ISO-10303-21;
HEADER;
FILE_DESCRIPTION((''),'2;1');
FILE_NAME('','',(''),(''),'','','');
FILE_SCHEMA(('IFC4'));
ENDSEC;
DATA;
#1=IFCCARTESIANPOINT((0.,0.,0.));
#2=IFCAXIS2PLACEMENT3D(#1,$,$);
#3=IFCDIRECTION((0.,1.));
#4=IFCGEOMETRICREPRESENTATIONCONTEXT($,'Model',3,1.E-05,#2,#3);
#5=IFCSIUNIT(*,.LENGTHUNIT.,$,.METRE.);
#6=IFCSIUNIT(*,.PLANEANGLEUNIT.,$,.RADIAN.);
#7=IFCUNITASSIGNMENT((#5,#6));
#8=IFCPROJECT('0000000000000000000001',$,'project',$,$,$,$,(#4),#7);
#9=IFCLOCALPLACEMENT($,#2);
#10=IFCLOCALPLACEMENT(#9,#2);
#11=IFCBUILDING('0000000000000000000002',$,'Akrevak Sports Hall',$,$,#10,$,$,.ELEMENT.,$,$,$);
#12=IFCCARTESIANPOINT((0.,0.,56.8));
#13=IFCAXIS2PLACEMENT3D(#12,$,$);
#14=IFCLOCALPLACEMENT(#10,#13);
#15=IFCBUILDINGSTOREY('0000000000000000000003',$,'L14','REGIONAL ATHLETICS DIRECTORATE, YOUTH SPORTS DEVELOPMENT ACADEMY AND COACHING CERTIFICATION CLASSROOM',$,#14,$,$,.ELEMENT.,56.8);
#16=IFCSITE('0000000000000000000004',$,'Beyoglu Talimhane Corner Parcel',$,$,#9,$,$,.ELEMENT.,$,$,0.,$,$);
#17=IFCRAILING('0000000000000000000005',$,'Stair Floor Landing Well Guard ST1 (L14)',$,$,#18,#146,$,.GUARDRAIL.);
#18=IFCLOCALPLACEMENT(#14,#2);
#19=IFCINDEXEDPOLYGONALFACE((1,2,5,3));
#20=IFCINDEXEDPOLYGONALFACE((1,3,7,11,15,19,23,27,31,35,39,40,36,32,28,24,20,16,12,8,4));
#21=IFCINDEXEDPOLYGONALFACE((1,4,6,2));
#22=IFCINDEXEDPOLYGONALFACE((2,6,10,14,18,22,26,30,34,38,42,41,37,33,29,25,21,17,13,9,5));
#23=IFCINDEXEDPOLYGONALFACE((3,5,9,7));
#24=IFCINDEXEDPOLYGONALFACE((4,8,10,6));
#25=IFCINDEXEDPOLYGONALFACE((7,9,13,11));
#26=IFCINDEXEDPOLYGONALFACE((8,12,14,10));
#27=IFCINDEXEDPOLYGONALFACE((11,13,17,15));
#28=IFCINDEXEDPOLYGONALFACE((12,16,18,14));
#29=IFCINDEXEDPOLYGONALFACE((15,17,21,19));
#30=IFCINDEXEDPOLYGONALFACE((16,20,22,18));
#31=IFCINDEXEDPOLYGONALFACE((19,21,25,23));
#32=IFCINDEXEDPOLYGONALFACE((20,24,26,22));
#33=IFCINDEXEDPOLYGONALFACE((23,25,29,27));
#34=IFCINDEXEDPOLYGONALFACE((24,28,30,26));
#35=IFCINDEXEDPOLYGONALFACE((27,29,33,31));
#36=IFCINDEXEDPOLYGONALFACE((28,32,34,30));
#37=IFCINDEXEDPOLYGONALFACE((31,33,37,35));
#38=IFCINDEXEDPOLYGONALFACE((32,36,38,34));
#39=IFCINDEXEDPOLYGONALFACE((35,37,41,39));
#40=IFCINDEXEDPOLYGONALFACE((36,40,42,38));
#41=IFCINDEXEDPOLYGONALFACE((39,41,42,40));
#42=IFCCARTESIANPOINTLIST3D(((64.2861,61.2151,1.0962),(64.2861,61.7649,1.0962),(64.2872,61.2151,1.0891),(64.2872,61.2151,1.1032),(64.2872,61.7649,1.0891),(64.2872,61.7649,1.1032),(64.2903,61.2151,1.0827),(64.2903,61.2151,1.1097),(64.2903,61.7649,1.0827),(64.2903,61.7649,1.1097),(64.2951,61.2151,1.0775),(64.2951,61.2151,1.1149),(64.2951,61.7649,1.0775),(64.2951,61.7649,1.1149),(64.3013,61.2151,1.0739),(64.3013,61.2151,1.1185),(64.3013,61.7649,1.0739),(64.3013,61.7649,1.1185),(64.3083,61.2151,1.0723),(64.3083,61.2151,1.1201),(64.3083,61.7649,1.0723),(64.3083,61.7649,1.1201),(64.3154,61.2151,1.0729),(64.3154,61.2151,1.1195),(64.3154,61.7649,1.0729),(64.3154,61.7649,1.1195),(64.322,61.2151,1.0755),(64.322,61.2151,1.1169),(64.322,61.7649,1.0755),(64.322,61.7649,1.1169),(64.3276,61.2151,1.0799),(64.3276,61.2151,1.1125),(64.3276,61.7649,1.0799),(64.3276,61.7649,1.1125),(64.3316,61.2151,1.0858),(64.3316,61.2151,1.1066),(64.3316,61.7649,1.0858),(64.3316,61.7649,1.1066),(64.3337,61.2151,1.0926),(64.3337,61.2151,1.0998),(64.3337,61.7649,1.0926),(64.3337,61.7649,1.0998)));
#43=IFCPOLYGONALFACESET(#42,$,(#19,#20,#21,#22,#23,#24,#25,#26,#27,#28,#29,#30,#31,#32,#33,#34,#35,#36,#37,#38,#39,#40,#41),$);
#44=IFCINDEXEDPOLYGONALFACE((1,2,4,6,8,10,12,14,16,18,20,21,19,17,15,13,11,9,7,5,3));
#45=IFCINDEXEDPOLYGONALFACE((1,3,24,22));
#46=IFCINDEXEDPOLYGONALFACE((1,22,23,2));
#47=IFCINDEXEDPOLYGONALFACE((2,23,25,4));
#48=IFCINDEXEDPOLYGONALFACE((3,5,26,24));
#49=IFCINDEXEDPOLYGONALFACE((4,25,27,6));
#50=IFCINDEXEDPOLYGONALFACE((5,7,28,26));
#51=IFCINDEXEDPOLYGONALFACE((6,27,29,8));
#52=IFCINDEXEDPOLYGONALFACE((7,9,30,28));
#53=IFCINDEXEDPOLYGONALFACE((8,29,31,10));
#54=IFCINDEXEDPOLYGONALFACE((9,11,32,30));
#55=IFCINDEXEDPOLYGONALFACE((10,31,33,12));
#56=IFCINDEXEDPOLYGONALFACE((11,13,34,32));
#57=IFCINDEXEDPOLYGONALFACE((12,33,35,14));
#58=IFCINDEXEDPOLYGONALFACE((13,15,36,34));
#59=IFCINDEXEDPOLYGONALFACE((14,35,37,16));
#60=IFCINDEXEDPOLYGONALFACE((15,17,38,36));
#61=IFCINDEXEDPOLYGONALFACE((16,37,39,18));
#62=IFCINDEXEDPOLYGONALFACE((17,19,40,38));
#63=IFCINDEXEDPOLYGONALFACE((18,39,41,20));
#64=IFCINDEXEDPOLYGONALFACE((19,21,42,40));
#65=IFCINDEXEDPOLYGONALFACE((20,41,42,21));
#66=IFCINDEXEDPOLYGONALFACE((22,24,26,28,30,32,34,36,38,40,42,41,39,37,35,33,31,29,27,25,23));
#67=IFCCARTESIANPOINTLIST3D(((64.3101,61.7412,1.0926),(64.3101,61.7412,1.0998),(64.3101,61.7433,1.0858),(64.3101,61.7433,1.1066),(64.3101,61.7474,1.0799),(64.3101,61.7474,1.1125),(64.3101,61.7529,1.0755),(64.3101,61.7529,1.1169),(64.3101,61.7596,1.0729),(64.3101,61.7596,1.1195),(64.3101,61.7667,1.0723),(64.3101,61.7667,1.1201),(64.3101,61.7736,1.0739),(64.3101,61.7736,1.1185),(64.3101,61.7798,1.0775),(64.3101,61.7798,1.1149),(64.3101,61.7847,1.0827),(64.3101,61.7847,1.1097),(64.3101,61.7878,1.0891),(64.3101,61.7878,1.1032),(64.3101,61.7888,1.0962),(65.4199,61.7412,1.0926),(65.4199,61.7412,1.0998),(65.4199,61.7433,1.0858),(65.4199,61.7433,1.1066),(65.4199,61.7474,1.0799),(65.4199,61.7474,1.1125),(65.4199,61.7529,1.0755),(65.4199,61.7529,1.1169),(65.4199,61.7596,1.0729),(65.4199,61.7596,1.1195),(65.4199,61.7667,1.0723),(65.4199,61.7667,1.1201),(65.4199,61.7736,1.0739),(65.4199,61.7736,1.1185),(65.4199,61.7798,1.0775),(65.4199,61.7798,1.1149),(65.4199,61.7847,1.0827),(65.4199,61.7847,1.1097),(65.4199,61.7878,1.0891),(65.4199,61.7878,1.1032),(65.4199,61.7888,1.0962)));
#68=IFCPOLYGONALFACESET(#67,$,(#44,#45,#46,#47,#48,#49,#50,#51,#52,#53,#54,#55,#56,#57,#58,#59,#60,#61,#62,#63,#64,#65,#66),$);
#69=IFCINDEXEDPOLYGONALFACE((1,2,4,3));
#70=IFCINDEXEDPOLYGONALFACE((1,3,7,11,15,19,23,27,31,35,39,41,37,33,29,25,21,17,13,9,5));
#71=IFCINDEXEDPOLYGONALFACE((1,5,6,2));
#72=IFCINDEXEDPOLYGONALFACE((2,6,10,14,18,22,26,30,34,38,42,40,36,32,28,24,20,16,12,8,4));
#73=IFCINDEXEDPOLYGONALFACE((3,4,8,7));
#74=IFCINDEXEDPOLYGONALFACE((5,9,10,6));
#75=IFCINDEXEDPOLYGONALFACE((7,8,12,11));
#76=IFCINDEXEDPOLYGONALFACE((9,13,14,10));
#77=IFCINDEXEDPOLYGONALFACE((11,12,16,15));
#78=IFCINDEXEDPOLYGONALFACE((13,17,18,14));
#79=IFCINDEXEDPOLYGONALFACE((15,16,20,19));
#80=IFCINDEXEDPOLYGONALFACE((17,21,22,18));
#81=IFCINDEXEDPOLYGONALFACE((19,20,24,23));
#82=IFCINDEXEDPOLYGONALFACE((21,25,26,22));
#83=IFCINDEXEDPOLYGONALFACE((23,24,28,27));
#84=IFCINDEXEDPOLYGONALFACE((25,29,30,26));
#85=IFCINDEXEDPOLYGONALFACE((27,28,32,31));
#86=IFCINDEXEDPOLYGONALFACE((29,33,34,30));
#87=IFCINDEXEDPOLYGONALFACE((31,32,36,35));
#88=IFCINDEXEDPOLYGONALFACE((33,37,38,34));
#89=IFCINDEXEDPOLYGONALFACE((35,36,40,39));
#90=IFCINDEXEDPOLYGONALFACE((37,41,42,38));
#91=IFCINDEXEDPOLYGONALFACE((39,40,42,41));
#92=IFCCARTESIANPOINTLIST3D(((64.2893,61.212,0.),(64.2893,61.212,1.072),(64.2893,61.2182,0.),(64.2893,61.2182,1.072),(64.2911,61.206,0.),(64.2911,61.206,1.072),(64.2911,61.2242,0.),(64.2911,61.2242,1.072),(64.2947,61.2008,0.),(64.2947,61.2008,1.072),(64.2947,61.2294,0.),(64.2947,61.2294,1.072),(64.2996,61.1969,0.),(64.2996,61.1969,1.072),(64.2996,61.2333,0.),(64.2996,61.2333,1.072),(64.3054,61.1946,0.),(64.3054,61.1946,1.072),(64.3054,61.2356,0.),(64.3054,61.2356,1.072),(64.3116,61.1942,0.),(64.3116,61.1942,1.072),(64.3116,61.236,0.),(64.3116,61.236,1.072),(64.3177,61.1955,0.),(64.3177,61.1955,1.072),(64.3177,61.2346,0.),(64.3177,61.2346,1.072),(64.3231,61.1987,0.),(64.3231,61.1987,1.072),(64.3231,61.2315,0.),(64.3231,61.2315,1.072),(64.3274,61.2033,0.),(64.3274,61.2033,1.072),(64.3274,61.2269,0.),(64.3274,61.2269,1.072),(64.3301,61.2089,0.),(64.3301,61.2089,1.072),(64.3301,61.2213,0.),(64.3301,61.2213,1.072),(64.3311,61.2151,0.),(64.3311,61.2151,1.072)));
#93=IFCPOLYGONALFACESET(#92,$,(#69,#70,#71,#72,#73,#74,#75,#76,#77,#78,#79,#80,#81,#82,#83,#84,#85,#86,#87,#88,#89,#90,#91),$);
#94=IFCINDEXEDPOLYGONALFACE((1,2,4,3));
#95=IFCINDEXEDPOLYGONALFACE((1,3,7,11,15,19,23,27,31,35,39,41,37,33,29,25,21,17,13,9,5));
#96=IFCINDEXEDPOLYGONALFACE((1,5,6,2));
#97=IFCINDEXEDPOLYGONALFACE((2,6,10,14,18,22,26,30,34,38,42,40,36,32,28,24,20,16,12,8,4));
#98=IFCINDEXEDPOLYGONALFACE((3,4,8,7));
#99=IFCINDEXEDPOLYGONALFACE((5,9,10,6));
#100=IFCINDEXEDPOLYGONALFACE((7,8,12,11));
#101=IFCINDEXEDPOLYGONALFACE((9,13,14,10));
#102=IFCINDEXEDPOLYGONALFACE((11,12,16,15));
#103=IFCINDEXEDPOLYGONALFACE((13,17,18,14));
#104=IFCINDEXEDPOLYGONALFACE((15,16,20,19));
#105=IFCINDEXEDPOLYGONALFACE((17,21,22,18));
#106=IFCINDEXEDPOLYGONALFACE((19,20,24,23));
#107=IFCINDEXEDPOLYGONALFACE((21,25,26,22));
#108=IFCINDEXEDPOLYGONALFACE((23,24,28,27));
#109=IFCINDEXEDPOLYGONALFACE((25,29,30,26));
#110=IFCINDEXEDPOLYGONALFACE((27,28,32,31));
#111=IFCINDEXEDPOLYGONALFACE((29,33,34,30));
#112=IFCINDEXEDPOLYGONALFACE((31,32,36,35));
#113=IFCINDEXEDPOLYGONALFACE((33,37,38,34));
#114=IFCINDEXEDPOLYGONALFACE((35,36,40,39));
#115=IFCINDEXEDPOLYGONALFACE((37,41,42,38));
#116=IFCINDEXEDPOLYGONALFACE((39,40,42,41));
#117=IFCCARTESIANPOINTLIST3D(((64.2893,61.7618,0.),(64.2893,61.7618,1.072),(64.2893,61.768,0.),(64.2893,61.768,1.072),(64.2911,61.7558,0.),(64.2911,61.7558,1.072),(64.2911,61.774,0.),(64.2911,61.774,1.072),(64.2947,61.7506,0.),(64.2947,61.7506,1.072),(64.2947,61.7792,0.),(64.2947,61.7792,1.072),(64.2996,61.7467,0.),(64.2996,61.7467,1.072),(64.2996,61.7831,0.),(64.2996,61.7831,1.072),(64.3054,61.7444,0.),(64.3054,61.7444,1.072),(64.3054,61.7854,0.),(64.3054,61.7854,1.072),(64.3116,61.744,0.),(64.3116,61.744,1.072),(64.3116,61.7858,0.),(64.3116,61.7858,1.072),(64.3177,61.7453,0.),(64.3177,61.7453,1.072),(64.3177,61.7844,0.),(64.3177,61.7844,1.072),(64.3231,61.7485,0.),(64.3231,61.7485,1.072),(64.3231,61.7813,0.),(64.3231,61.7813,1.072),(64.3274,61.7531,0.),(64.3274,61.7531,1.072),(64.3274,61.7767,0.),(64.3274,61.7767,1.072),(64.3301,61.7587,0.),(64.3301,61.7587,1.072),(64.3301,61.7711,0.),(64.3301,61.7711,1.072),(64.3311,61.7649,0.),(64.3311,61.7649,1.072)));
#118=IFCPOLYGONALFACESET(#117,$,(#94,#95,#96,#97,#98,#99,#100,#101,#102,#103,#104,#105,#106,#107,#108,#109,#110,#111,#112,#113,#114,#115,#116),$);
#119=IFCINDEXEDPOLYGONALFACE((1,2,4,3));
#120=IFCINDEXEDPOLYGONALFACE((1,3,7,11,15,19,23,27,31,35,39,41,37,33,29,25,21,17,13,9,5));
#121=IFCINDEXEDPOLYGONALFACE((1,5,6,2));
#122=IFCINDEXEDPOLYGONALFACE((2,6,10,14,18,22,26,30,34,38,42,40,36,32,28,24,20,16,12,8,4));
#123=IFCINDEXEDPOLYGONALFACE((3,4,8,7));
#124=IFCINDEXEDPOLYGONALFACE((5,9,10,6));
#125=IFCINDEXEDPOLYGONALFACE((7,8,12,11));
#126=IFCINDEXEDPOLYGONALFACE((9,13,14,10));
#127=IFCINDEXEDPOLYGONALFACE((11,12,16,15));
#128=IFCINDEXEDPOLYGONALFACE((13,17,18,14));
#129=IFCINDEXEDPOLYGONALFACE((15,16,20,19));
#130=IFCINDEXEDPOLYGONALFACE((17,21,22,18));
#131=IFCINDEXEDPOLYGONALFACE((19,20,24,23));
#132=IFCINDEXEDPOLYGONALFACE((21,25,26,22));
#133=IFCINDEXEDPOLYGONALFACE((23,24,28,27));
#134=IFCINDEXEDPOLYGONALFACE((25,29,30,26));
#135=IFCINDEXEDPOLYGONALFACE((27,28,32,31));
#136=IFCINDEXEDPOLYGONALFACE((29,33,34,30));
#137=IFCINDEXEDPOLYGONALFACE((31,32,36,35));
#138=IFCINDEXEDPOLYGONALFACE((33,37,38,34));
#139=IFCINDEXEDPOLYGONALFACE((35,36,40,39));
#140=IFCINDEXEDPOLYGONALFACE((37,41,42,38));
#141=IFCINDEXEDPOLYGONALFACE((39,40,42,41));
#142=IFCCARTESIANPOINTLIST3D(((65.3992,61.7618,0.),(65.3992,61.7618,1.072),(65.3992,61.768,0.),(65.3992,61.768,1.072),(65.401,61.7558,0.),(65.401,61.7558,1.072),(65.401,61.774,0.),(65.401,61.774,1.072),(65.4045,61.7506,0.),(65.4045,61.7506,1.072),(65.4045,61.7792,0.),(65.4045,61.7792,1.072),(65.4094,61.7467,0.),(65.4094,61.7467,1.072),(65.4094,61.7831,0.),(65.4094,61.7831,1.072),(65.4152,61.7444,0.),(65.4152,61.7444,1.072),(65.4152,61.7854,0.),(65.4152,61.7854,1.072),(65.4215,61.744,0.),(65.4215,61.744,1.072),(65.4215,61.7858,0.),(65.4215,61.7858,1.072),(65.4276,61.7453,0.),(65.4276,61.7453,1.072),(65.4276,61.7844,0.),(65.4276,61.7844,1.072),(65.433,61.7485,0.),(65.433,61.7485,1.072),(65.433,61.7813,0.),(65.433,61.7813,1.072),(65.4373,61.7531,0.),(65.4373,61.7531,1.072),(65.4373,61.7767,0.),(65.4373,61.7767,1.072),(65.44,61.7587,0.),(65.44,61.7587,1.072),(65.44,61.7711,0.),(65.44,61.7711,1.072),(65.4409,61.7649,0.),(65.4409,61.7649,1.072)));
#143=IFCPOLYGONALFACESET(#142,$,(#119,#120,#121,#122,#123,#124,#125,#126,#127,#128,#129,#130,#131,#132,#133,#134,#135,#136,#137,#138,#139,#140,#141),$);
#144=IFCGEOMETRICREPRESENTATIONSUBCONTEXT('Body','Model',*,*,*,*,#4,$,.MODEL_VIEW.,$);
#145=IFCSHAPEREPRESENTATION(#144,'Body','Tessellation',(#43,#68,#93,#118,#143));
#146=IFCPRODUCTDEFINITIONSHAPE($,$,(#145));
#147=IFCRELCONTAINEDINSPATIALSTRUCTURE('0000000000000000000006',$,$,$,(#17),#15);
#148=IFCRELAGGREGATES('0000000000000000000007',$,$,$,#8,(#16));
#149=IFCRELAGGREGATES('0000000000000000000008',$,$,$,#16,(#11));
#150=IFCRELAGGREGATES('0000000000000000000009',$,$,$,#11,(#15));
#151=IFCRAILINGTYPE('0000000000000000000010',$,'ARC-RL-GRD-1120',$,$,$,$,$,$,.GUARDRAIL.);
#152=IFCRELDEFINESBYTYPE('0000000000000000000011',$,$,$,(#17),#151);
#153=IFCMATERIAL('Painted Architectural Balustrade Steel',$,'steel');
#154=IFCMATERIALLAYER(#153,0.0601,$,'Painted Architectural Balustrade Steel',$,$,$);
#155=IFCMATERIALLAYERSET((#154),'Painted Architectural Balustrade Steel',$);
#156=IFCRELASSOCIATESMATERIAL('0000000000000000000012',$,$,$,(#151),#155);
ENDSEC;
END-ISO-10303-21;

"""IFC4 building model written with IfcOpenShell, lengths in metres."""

from ifc_helpers import new_model, si_unit, direction, frame, origin, origin_2d, place, context, subcontext, project, spatial, circle, extrude, material, layer, layer_set, type_object, element, save


model = new_model("IFC4")

# Units and contexts
model_context = context("Model", 3, precision=1e-05, world=origin(), true_north=direction((0.0, 1.0)))
body_context = subcontext(model_context, "Body", "Model", "MODEL_VIEW")
ifc_project = project(units=[si_unit("LENGTHUNIT", "METRE"), si_unit("PLANEANGLEUNIT", "RADIAN")], contexts=[model_context])

# Site, building, storey
site_placement = place(None, origin())
site = spatial("IfcSite", under=ifc_project, at=site_placement, Name="Beyoglu Talimhane Corner Parcel", CompositionType="ELEMENT", RefElevation=0.0)
building_placement = place(site_placement, origin())
building = spatial("IfcBuilding", under=site, at=building_placement, Name="Akrevak Sports Hall", CompositionType="ELEMENT")
storey_placement = place(building_placement, frame((0.0, 0.0, 56.8)))
storey = spatial("IfcBuildingStorey", under=building, at=storey_placement, Name="L14", Description="REGIONAL ATHLETICS DIRECTORATE, YOUTH SPORTS DEVELOPMENT ACADEMY AND COACHING CERTIFICATION CLASSROOM", CompositionType="ELEMENT", Elevation=56.8)

# Railing
ifc_material_1 = material(Name="Painted Architectural Balustrade Steel", Category="steel")
ifc_layer_1 = layer(ifc_material_1, 0.0601, Name="Painted Architectural Balustrade Steel")
ifc_layer_set_1 = layer_set([ifc_layer_1], Name="Painted Architectural Balustrade Steel")
railing_type_1 = type_object("IfcRailingType", Name="ARC-RL-GRD-1120", PredefinedType="GUARDRAIL", material=ifc_layer_set_1)
railing_1_placement = place(storey_placement, frame((64.3101, 61.2151, 0.0)))
element("IfcRailing", 1, at=railing_1_placement, inside=storey, type_object=railing_type_1, Name="Stair Floor Landing Well Guard ST1 (L14)", PredefinedType="GUARDRAIL", context=body_context, shape_type="SweptSolid", body=[
    extrude(circle(Radius=0.0239, at=origin_2d()), frame((0.0, 0.0, 1.0962), z_axis=(0.0, 1.0, 0.0), x_axis=(-1.0, 0.0, 0.0)), (0.0, 0.0, 1.0), 0.5498),
    extrude(circle(Radius=0.0239, at=origin_2d()), frame((0.0, 0.5498, 1.0962), z_axis=(1.0, 0.0, 0.0), x_axis=(0.0, 1.0, 0.0)), (0.0, 0.0, 1.0), 1.1099),
    extrude(circle(Radius=0.021, at=origin_2d()), origin(), (0.0, 0.0, 1.0), 1.072),
    extrude(circle(Radius=0.021, at=origin_2d()), frame((0.0, 0.5498, 0.0)), (0.0, 0.0, 1.0), 1.072),
    extrude(circle(Radius=0.021, at=origin_2d()), frame((1.1099, 0.5498, 0.0)), (0.0, 0.0, 1.0), 1.072),
])

save(model, "model.ifc")
